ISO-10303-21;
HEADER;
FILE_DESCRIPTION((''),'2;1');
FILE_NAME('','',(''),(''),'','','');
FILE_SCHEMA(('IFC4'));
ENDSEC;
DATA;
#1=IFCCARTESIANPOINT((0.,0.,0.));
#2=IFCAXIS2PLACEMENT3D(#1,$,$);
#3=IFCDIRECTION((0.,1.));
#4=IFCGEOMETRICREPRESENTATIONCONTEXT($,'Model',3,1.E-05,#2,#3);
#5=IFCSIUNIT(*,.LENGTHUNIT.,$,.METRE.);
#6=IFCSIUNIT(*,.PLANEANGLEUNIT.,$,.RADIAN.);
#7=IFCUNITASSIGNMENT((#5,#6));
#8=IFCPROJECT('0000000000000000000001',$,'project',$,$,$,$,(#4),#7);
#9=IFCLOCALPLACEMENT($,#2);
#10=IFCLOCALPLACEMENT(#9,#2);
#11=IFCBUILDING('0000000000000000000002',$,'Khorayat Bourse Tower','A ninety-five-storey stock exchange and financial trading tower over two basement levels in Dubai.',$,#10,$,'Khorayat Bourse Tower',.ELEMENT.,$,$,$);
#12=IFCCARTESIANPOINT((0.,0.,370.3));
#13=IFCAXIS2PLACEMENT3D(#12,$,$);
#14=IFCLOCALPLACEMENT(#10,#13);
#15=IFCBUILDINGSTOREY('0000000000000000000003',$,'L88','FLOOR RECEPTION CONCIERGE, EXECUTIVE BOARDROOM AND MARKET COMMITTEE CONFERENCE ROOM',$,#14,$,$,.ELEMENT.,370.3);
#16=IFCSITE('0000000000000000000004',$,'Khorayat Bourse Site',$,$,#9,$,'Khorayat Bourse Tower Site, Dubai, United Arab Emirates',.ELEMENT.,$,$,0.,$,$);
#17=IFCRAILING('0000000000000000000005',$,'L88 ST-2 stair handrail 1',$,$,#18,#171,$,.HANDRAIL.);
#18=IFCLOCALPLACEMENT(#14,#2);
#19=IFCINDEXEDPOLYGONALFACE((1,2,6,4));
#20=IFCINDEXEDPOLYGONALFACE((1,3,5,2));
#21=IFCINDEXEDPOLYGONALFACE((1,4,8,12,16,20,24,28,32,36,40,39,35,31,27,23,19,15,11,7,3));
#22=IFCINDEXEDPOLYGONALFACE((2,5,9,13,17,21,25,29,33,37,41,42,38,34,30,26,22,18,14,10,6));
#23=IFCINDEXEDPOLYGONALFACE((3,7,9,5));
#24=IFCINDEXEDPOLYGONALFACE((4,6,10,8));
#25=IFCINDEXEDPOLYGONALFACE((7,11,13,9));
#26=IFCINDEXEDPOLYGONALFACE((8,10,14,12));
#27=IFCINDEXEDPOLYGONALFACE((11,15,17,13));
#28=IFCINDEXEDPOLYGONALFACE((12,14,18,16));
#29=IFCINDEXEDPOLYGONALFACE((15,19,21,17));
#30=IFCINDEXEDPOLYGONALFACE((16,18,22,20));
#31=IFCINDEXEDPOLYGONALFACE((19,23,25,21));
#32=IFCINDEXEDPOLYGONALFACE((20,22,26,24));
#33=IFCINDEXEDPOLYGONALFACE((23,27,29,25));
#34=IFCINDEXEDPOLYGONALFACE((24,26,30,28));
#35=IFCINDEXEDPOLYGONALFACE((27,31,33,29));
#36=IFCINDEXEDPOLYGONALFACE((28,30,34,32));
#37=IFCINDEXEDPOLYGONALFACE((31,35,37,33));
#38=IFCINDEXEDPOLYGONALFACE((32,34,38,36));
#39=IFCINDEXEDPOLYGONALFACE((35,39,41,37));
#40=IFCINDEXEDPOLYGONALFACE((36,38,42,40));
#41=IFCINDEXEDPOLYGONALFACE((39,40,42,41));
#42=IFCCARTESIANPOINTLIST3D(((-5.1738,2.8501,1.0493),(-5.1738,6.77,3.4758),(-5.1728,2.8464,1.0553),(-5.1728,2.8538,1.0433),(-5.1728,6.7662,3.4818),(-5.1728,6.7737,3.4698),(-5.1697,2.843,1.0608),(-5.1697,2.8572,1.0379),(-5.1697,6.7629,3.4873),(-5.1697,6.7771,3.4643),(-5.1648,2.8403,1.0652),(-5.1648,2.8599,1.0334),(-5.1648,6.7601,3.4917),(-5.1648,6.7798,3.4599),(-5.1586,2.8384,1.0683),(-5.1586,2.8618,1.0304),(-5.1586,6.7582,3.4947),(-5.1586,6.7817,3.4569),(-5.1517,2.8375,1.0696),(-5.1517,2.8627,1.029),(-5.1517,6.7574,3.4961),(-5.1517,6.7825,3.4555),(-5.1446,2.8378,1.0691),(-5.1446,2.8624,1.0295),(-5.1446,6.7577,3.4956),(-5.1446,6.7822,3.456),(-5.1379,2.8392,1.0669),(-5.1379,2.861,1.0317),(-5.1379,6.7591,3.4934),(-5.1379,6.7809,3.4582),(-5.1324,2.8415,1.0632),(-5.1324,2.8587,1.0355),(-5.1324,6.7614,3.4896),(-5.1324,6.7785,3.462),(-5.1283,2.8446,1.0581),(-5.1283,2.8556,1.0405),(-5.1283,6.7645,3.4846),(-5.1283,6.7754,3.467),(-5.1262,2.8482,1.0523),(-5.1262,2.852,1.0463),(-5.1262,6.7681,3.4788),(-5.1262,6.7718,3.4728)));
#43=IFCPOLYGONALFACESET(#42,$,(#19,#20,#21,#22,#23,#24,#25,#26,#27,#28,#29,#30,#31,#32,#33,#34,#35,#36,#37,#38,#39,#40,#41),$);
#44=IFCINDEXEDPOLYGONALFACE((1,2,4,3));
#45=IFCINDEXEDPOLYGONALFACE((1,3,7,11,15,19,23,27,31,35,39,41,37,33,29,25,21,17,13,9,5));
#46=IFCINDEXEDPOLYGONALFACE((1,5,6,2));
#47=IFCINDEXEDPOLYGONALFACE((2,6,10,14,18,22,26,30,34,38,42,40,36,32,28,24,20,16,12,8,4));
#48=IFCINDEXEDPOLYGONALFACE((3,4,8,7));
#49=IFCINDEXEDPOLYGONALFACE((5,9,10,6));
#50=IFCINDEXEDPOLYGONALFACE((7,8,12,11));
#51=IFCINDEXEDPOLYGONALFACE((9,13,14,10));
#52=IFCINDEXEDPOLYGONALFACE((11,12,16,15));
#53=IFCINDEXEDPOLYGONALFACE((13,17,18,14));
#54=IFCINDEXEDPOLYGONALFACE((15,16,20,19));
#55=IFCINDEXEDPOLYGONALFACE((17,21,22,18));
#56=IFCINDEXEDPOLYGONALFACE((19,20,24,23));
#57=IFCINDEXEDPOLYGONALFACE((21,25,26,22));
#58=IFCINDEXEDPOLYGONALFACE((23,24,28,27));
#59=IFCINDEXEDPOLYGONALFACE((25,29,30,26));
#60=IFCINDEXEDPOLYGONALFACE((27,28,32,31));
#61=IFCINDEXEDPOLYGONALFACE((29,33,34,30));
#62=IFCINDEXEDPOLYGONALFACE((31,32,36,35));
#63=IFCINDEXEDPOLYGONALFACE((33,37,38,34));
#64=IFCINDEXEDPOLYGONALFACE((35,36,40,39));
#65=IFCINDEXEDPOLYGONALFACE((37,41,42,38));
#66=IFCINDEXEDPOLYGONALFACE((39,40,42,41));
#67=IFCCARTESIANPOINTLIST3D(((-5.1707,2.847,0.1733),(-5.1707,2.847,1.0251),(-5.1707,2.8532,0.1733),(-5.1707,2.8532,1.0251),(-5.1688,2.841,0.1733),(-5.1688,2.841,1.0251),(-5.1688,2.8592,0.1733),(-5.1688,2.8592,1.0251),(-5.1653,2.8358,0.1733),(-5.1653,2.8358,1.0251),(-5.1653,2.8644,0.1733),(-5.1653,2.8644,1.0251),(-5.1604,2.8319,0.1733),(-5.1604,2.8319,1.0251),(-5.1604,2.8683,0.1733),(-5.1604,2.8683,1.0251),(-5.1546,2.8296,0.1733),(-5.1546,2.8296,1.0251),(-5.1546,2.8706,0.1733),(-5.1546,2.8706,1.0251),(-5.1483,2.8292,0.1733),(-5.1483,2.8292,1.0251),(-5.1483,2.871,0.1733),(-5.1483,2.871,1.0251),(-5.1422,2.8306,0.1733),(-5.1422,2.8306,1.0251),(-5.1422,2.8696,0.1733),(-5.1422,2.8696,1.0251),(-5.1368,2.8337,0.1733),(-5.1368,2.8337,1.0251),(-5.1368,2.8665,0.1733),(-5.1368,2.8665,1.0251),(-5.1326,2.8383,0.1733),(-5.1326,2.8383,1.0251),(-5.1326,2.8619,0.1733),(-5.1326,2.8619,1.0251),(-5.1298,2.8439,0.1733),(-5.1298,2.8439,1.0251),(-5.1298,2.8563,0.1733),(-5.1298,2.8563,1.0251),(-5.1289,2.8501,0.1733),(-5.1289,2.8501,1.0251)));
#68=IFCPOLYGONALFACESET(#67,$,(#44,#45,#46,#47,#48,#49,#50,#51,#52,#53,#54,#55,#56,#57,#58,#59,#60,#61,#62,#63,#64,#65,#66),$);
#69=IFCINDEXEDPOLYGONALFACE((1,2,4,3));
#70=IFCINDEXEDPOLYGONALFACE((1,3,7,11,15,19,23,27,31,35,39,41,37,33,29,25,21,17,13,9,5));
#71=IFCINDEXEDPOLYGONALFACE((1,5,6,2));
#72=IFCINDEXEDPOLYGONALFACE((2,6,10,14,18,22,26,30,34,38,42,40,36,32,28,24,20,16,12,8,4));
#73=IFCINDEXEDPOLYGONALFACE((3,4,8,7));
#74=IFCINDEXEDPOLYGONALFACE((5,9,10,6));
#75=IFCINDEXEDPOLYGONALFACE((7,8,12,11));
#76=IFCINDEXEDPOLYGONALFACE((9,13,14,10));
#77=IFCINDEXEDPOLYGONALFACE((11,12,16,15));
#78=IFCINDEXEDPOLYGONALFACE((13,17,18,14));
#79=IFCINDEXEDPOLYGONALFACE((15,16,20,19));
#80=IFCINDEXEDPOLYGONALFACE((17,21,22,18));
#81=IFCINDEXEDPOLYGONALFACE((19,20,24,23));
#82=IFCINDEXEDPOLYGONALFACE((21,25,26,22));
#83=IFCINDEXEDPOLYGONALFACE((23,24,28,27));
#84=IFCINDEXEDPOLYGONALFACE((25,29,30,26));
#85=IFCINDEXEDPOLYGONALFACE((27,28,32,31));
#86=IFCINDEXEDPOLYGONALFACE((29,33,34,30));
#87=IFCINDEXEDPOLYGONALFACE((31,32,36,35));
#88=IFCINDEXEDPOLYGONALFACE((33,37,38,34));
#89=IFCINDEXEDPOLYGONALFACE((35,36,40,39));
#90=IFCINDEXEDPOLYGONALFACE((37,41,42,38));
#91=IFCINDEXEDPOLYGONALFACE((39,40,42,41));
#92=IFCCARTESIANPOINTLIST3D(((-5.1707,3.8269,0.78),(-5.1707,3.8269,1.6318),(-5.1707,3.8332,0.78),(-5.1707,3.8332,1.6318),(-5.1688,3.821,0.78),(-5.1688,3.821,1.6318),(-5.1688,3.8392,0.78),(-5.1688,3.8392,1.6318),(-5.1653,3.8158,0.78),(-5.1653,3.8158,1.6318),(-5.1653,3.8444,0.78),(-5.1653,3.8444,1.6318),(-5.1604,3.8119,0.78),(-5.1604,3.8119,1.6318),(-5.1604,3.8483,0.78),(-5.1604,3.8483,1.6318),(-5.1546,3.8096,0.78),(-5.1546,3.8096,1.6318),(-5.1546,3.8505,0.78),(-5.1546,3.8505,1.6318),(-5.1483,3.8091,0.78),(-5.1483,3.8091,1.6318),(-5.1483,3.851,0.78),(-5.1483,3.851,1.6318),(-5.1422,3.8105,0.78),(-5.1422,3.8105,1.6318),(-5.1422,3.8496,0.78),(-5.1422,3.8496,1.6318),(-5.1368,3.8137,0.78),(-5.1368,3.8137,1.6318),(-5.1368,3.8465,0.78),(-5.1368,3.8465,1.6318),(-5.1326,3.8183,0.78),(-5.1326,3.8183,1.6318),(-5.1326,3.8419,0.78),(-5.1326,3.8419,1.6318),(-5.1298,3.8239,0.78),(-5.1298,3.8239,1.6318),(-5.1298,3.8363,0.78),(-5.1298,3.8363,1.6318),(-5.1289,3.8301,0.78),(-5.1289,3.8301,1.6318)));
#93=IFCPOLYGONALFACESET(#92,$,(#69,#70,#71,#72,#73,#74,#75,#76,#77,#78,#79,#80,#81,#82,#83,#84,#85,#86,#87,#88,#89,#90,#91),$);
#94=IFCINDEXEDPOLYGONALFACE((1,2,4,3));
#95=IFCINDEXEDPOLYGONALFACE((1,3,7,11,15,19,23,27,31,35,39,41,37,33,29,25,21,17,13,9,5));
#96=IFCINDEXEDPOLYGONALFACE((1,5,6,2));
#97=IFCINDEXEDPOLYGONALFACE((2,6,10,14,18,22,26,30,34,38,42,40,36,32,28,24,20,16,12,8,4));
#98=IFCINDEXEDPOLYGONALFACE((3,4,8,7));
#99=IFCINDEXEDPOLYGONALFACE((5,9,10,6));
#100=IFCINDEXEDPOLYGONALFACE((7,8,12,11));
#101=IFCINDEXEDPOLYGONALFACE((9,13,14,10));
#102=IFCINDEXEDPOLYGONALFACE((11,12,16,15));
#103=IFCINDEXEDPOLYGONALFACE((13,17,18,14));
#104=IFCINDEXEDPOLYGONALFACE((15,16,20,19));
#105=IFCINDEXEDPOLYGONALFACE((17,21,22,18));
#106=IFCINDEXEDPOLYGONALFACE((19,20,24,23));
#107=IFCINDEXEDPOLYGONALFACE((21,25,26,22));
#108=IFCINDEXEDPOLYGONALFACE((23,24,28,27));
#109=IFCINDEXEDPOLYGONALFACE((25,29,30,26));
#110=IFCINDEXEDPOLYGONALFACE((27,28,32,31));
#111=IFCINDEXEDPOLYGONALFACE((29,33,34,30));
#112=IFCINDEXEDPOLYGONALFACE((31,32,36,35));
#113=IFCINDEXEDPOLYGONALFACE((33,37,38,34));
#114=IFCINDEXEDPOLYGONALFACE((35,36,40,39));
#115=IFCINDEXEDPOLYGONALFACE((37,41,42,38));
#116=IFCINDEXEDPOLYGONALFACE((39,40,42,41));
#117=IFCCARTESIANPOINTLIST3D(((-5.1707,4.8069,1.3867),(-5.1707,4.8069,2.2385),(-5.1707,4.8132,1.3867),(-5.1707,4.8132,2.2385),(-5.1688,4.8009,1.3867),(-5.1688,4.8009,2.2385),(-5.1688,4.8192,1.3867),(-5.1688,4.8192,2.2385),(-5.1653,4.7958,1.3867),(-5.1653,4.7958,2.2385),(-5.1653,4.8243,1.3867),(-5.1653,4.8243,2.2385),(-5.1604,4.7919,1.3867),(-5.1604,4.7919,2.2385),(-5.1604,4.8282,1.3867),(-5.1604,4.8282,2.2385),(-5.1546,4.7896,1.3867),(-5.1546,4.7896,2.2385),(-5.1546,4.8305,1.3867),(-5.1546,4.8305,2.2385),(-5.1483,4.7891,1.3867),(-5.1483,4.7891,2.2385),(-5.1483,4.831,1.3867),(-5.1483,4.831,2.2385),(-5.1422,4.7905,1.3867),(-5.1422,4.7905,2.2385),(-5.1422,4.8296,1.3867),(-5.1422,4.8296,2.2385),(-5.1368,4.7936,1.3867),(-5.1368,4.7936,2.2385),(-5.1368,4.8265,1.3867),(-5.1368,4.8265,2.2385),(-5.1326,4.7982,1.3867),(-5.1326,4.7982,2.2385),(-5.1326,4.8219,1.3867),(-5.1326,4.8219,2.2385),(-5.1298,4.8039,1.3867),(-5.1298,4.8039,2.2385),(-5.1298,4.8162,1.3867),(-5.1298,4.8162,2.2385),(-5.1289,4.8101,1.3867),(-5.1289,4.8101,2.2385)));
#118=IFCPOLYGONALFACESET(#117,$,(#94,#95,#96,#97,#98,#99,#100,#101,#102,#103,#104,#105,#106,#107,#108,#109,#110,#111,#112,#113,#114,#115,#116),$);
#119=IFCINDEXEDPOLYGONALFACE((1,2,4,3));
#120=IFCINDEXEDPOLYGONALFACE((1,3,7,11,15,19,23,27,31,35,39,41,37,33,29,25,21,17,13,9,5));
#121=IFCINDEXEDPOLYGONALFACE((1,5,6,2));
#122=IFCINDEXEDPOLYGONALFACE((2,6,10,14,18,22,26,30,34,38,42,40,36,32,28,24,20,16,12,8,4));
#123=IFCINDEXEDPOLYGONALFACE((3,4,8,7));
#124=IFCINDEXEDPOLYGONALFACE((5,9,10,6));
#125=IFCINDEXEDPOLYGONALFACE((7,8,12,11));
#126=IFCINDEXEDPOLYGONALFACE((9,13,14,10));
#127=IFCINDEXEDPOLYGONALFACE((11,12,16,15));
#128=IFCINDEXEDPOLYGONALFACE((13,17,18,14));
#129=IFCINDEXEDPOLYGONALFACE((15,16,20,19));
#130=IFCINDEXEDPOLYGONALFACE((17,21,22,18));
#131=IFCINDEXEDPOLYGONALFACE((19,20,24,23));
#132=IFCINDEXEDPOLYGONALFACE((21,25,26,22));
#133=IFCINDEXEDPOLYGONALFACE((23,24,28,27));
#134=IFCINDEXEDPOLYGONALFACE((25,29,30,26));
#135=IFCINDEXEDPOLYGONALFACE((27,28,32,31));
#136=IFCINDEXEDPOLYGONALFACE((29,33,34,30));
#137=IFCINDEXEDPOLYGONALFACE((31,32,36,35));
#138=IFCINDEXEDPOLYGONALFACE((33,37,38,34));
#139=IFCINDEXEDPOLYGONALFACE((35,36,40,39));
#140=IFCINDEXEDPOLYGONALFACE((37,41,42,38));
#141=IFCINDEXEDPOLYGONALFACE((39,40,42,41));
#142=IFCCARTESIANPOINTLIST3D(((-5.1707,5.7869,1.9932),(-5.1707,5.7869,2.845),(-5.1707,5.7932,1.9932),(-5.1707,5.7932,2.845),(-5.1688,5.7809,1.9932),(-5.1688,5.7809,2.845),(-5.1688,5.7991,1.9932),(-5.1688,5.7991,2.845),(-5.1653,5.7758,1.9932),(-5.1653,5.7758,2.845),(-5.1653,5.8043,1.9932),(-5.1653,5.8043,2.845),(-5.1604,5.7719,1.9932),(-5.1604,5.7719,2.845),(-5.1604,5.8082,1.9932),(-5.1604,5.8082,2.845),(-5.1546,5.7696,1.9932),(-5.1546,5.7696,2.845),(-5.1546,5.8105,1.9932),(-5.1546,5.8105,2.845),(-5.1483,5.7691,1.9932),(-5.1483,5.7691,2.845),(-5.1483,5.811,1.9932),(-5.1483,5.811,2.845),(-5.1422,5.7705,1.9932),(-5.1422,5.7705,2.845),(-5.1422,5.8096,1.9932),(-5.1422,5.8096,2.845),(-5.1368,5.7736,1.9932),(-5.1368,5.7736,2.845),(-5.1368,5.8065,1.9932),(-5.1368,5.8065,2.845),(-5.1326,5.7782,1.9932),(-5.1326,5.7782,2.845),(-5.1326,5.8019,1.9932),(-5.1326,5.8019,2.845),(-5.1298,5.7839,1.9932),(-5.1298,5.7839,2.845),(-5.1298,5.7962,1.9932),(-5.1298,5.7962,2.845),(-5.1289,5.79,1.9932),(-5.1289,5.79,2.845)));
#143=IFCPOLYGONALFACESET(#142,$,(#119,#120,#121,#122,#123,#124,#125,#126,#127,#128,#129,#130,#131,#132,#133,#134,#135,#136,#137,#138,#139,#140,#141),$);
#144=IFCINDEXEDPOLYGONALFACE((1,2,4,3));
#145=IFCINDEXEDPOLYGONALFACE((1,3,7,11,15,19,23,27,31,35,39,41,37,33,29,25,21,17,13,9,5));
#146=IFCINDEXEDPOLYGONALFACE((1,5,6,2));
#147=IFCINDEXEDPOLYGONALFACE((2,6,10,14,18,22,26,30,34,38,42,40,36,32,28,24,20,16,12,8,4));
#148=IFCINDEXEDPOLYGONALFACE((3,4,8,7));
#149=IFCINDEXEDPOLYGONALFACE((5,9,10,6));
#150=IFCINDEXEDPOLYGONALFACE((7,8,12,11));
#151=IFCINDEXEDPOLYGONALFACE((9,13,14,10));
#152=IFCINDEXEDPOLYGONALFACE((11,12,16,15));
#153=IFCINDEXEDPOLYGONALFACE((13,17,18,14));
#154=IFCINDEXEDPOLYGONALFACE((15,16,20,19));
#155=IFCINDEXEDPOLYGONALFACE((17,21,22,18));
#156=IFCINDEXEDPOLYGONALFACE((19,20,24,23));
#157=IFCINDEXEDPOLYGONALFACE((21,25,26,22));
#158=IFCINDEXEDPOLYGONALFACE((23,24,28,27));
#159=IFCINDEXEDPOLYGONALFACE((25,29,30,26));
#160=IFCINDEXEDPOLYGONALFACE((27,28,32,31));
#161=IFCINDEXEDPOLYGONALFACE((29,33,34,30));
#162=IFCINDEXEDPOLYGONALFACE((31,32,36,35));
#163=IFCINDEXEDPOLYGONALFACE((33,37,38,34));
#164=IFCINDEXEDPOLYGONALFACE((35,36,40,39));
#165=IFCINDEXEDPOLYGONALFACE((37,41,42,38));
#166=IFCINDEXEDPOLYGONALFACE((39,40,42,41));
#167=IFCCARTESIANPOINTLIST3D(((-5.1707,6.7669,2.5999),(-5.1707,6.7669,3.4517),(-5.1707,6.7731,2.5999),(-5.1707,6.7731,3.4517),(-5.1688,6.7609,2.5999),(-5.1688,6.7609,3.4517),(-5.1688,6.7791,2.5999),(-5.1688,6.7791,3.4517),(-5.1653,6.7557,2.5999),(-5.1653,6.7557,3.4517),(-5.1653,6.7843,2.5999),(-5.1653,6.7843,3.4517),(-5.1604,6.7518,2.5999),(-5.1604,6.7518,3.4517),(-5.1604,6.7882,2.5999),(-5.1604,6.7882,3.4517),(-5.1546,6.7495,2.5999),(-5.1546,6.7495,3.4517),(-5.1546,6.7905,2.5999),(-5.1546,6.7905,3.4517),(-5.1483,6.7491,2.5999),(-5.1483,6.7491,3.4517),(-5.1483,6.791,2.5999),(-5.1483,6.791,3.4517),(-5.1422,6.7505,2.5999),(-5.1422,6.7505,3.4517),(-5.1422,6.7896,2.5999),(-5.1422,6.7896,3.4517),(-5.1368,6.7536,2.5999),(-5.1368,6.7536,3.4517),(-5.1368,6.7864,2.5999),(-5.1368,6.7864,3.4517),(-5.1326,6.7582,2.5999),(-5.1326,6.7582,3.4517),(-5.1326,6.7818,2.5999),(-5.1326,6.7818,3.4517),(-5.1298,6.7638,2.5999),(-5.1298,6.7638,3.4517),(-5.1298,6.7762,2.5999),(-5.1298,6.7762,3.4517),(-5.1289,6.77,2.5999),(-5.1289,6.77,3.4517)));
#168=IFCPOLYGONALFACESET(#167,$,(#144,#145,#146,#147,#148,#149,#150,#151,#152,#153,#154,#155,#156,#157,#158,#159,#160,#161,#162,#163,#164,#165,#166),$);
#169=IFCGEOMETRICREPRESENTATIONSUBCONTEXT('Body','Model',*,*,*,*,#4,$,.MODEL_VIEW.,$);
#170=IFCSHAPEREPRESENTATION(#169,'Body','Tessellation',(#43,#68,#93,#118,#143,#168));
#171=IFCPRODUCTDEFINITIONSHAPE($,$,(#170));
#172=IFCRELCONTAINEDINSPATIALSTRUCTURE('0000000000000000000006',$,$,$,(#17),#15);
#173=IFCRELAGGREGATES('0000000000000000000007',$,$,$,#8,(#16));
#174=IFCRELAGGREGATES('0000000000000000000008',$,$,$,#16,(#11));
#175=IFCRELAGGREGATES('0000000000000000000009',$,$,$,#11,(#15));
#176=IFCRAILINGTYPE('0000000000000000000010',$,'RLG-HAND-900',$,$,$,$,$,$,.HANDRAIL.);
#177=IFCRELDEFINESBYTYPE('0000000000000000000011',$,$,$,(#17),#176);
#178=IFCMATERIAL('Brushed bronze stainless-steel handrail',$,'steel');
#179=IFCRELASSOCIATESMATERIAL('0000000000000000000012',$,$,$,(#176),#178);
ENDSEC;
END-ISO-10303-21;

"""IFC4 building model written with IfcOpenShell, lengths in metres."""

from ifc_helpers import new_model, si_unit, direction, frame, origin, origin_2d, place, context, subcontext, project, spatial, circle, extrude, source, transform, mapped, material, type_object, element, save


model = new_model("IFC4")

# Units and contexts
model_context = context("Model", 3, precision=1e-05, world=origin(), true_north=direction((0.0, 1.0)))
body_context = subcontext(model_context, "Body", "Model", "MODEL_VIEW")
ifc_project = project(units=[si_unit("LENGTHUNIT", "METRE"), si_unit("PLANEANGLEUNIT", "RADIAN")], contexts=[model_context])

# Site, building, storey
site_placement = place(None, origin())
site = spatial("IfcSite", under=ifc_project, at=site_placement, Name="Khorayat Bourse Site", LongName="Khorayat Bourse Tower Site, Dubai, United Arab Emirates", CompositionType="ELEMENT", RefElevation=0.0)
building_placement = place(site_placement, origin())
building = spatial("IfcBuilding", under=site, at=building_placement, Name="Khorayat Bourse Tower", Description="A ninety-five-storey stock exchange and financial trading tower over two basement levels in Dubai.", LongName="Khorayat Bourse Tower", CompositionType="ELEMENT")
storey_placement = place(building_placement, frame((0.0, 0.0, 370.3)))
storey = spatial("IfcBuildingStorey", under=building, at=storey_placement, Name="L88", Description="FLOOR RECEPTION CONCIERGE, EXECUTIVE BOARDROOM AND MARKET COMMITTEE CONFERENCE ROOM", CompositionType="ELEMENT", Elevation=370.3)

# Railing
ifc_material_1 = material(Name="Brushed bronze stainless-steel handrail", Category="steel")
railing_type_1 = type_object("IfcRailingType", Name="RLG-HAND-900", PredefinedType="HANDRAIL", material=ifc_material_1)
shared_shape_1 = source(origin(), body_context, "Body", "SweptSolid", [
    extrude(circle(Radius=0.0239, at=origin_2d()), frame((0.0, 0.0, 0.876), z_axis=(0.0, 0.850275, 0.526338), x_axis=(-1.0, 0.0, 0.0)), (0.0, 0.0, 1.0), 4.6101),
    extrude(circle(Radius=0.021, at=origin_2d()), origin(), (0.0, 0.0, 1.0), 0.8518),
    extrude(circle(Radius=0.021, at=origin_2d()), frame((0.0, 0.98, 0.6067)), (0.0, 0.0, 1.0), 0.8518),
    extrude(circle(Radius=0.021, at=origin_2d()), frame((0.0, 1.96, 1.2134)), (0.0, 0.0, 1.0), 0.8518),
    extrude(circle(Radius=0.021, at=origin_2d()), frame((0.0, 2.9399, 1.8198)), (0.0, 0.0, 1.0), 0.8518),
    extrude(circle(Radius=0.021, at=origin_2d()), frame((0.0, 3.9199, 2.4265)), (0.0, 0.0, 1.0), 0.8518),
])
railing_1_placement = place(storey_placement, frame((-5.1499, 2.8501, 0.1733)))
element("IfcRailing", 1, at=railing_1_placement, inside=storey, type_object=railing_type_1, Name="L88 ST-2 stair handrail 1", PredefinedType="HANDRAIL", context=body_context, shape_type="MappedRepresentation", body=[
    mapped(shared_shape_1, transform((0.0, 0.0, 0.0), scale=1.0)),
])

save(model, "model.ifc")
